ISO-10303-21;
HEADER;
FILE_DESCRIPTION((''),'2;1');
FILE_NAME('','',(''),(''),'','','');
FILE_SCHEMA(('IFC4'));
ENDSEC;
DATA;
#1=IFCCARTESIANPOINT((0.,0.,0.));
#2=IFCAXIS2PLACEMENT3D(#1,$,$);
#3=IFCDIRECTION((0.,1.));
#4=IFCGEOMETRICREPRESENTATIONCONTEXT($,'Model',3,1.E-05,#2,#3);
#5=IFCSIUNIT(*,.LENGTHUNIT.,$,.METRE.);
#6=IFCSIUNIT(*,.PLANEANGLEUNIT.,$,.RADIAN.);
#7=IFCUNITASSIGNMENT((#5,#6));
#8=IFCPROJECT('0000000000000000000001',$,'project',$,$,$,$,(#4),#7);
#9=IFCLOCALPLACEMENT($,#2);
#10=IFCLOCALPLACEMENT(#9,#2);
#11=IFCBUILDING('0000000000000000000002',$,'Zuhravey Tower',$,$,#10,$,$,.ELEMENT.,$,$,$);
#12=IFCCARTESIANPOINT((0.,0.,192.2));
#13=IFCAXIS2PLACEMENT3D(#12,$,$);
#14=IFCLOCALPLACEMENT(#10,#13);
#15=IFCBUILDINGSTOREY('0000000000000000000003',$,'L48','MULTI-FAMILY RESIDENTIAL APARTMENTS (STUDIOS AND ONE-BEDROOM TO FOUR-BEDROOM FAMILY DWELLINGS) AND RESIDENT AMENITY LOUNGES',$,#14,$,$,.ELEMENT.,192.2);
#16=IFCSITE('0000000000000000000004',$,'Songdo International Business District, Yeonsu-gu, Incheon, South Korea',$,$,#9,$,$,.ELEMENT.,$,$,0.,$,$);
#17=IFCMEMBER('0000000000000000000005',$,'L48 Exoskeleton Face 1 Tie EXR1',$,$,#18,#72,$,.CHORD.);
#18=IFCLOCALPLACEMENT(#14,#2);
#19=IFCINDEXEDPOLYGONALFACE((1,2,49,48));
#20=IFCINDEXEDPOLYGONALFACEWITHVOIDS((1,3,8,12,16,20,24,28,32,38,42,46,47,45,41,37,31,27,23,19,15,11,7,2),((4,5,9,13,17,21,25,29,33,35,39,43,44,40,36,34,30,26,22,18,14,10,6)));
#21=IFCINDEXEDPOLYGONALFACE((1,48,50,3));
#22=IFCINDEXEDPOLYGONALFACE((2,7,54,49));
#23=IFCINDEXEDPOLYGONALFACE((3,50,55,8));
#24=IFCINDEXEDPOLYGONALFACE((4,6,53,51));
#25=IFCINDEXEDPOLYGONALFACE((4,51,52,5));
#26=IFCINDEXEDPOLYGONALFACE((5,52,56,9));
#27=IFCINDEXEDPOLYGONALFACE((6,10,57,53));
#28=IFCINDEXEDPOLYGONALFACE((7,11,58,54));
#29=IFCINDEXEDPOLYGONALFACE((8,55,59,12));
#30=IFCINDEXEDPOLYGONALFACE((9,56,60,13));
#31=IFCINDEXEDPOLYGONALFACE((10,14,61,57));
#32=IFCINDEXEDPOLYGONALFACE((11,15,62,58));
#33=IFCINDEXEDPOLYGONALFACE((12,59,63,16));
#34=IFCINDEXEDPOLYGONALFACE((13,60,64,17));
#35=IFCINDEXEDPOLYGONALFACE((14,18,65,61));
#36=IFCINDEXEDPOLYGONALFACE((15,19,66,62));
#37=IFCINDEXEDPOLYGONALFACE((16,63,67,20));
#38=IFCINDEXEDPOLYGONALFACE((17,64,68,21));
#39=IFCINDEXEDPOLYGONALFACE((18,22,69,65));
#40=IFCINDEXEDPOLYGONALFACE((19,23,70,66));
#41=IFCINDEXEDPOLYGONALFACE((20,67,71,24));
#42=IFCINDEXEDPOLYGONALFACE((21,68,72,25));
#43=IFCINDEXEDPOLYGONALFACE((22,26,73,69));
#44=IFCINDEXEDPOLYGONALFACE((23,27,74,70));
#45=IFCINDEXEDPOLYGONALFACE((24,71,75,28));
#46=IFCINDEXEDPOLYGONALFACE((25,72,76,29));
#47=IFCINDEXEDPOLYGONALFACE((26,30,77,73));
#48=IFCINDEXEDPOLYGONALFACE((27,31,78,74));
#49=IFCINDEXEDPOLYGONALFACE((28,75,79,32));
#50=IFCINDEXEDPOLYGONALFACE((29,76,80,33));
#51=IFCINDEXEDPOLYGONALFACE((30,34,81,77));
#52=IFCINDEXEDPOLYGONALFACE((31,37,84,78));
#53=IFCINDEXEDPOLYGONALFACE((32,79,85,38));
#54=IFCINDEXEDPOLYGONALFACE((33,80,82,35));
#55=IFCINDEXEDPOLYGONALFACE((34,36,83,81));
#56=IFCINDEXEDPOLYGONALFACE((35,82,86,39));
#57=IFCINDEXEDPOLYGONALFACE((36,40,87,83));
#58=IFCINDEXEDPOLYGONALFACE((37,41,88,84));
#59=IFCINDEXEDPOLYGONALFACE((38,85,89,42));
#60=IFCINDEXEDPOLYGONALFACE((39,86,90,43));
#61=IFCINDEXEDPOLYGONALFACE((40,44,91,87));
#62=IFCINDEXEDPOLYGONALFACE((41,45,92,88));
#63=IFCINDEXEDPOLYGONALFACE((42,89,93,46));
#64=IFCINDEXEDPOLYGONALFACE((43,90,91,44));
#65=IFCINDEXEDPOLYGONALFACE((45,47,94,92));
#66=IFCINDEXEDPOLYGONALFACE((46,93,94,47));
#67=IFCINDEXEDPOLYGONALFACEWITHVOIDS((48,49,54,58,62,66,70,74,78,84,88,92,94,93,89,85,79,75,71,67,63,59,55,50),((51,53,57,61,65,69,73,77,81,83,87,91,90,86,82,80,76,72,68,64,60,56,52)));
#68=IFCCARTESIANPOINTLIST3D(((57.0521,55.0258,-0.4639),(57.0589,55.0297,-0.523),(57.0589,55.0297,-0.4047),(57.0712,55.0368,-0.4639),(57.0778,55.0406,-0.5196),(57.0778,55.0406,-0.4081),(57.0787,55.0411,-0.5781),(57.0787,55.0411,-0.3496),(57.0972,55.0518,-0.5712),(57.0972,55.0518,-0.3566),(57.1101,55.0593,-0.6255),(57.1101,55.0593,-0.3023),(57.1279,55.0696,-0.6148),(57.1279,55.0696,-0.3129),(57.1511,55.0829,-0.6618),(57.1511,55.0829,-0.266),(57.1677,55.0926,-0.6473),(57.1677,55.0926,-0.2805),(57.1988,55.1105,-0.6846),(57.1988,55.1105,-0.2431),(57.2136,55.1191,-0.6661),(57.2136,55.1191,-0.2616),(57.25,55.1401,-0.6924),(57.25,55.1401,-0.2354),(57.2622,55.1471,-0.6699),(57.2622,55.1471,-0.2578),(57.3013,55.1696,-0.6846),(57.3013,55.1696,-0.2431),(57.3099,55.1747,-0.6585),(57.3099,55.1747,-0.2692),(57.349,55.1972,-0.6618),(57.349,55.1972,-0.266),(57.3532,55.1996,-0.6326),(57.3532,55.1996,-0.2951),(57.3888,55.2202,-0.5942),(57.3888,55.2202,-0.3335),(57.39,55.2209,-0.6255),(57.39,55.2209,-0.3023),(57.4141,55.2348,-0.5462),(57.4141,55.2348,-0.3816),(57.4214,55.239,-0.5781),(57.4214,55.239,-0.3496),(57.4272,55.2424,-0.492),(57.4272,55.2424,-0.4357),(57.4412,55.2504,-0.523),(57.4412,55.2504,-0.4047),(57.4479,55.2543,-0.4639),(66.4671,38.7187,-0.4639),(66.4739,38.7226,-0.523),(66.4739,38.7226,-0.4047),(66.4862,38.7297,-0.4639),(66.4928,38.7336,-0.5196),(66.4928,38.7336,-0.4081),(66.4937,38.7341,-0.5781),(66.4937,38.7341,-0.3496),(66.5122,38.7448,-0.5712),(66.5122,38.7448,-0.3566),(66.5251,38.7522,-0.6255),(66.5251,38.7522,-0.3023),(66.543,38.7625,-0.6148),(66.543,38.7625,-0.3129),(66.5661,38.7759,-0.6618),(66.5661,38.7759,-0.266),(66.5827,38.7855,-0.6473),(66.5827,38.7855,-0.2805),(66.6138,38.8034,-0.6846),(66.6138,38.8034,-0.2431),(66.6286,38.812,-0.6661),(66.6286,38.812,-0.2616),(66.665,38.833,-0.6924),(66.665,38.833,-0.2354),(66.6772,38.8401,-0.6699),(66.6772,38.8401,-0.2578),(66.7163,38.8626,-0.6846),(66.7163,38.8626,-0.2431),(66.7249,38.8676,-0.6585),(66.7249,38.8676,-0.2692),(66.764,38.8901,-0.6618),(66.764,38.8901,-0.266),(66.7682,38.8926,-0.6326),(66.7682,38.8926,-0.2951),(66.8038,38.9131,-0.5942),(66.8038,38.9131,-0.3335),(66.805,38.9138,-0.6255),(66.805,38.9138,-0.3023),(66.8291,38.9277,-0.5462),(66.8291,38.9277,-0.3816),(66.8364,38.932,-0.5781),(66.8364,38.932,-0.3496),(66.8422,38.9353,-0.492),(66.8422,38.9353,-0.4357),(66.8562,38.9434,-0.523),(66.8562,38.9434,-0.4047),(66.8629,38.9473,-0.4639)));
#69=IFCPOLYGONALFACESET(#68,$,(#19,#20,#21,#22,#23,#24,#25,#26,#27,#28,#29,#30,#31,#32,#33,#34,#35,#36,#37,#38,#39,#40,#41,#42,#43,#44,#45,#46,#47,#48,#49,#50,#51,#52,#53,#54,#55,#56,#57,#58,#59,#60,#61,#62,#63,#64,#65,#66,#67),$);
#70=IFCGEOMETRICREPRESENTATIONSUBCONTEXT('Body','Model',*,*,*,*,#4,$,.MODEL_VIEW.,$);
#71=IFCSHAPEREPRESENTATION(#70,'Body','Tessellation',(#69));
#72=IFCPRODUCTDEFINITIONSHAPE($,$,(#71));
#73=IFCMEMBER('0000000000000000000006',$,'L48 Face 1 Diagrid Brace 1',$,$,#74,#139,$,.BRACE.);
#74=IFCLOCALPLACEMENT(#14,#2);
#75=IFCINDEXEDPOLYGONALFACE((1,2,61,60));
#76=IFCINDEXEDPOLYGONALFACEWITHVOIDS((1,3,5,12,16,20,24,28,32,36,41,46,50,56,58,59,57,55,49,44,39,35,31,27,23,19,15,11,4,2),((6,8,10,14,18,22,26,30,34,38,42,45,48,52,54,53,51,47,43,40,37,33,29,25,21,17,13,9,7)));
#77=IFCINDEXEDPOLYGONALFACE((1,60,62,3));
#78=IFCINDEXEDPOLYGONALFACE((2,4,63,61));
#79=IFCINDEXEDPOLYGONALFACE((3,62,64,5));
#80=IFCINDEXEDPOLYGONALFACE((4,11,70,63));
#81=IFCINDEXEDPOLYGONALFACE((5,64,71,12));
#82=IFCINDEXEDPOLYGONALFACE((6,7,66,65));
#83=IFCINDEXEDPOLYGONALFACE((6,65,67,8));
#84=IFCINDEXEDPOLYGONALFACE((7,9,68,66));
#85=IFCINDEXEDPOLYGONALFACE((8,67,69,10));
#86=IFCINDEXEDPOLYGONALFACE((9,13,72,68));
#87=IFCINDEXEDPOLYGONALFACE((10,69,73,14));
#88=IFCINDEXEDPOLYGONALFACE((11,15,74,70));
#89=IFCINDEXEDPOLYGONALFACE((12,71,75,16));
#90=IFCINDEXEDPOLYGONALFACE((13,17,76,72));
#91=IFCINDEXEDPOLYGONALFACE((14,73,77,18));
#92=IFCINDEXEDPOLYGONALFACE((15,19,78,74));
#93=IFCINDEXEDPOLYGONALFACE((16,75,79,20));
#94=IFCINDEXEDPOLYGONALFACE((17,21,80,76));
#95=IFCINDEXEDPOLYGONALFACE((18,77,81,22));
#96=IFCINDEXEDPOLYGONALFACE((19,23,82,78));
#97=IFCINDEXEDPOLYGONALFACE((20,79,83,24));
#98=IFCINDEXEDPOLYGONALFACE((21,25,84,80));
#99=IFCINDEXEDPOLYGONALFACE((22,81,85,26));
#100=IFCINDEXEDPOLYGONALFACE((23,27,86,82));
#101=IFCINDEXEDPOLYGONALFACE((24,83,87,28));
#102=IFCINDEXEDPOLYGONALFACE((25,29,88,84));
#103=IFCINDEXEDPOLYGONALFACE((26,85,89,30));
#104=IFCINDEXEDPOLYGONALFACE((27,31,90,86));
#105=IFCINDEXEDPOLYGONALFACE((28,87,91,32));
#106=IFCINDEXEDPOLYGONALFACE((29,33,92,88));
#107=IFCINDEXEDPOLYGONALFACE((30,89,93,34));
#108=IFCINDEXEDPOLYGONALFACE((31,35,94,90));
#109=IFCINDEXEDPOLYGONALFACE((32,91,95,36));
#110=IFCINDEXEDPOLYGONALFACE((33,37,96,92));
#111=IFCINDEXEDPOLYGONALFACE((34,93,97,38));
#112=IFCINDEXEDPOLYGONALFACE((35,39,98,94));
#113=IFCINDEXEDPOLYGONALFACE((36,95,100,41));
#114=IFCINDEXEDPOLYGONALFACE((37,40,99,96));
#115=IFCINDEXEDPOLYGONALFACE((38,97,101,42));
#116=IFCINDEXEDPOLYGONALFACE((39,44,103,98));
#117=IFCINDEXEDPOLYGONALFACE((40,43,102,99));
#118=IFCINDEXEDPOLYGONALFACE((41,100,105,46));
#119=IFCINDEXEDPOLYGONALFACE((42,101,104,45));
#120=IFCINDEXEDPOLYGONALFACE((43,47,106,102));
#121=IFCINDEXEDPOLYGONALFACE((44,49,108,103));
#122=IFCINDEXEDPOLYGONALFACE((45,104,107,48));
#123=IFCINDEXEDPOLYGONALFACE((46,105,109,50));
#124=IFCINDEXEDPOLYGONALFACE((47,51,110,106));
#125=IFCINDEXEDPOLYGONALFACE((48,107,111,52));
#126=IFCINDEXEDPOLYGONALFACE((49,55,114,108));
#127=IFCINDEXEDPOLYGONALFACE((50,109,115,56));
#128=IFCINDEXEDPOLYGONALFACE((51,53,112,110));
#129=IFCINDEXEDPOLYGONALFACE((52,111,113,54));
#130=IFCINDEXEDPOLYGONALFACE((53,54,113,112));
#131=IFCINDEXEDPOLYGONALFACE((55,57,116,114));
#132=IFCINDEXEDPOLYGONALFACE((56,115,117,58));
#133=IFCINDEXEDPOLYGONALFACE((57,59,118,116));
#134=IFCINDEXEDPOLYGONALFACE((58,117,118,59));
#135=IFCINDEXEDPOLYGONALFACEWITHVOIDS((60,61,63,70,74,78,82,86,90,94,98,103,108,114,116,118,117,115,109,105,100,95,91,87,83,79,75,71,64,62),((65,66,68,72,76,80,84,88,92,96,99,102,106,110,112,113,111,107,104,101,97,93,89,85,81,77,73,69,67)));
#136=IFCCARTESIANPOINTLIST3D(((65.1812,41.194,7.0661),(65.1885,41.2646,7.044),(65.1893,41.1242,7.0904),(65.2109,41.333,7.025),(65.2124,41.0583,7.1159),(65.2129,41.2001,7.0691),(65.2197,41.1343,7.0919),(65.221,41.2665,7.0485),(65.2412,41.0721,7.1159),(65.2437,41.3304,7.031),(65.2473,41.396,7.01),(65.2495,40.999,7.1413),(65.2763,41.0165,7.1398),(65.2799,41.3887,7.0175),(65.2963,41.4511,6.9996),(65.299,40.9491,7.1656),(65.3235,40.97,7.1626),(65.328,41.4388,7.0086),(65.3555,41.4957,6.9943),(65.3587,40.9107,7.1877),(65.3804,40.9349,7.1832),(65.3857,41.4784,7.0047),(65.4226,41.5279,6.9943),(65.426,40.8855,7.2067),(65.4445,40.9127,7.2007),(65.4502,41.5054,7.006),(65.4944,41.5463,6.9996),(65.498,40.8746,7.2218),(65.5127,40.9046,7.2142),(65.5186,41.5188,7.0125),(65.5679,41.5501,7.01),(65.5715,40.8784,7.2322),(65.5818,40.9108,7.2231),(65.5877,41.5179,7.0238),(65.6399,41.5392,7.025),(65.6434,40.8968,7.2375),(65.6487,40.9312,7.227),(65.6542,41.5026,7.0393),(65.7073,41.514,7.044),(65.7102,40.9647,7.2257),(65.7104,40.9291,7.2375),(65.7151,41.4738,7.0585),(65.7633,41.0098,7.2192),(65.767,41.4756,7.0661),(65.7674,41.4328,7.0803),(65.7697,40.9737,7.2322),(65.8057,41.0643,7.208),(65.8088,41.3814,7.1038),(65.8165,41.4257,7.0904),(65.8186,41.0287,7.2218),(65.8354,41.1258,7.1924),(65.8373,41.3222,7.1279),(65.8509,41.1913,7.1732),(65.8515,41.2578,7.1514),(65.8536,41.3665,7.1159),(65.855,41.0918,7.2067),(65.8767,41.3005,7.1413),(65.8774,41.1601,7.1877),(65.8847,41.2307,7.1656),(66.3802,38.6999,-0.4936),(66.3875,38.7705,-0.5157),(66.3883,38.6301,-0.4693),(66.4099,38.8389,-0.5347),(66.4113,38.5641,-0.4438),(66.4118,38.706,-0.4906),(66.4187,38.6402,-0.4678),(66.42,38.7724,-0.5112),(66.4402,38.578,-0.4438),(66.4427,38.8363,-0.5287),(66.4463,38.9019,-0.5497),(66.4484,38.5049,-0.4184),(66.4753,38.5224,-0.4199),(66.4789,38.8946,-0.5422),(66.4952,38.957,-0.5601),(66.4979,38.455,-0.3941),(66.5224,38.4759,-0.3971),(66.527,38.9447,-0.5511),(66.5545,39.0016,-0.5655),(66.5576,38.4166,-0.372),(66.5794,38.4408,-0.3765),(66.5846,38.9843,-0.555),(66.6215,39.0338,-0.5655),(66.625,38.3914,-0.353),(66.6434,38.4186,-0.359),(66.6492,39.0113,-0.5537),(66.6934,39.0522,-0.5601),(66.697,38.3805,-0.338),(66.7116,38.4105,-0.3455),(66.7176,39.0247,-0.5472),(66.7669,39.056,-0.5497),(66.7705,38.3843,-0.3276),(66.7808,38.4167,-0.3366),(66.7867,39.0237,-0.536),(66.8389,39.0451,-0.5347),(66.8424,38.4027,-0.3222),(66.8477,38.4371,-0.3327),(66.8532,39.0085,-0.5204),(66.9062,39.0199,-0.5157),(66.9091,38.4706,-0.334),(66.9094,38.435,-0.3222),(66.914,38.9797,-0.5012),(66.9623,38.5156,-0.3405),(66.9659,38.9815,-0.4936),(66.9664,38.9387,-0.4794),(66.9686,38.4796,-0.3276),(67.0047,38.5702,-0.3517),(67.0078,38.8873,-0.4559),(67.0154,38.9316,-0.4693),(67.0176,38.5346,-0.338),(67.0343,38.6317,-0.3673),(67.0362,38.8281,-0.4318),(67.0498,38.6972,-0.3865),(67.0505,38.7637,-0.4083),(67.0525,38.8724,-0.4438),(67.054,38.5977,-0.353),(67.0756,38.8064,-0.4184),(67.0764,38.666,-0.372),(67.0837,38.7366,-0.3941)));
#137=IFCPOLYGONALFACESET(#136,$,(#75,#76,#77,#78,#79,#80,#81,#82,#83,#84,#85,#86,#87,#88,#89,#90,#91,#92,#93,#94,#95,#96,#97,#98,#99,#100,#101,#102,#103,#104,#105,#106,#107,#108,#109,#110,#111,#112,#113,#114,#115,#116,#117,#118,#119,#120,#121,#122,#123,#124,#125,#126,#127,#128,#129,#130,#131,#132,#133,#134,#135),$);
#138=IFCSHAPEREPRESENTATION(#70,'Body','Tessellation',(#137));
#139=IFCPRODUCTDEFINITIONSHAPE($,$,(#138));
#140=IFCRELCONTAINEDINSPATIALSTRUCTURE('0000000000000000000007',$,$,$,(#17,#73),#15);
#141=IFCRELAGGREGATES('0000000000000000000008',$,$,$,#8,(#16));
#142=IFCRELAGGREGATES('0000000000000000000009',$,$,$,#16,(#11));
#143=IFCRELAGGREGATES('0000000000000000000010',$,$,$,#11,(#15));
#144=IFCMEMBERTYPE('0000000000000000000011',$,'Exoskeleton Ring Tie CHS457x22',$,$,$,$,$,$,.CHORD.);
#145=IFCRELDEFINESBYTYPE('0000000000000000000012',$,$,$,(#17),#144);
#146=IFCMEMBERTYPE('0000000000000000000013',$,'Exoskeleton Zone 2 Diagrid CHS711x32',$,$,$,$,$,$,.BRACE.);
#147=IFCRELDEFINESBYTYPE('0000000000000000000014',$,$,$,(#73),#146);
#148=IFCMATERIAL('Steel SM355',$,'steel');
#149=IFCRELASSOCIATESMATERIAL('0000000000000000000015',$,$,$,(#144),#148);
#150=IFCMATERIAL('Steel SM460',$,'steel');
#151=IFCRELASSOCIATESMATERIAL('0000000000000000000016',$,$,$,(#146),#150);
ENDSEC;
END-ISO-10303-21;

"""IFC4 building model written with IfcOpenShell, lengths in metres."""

from ifc_helpers import new_model, si_unit, direction, frame, origin, origin_2d, place, context, subcontext, project, spatial, hollow_circle, extrude, material, material_profile, profile_set, type_object, element, save


model = new_model("IFC4")

# Units and contexts
model_context = context("Model", 3, precision=1e-05, world=origin(), true_north=direction((0.0, 1.0)))
body_context = subcontext(model_context, "Body", "Model", "MODEL_VIEW")
ifc_project = project(units=[si_unit("LENGTHUNIT", "METRE"), si_unit("PLANEANGLEUNIT", "RADIAN")], contexts=[model_context])

# Site, building, storey
site_placement = place(None, origin())
site = spatial("IfcSite", under=ifc_project, at=site_placement, Name="Songdo International Business District, Yeonsu-gu, Incheon, South Korea", CompositionType="ELEMENT", RefElevation=0.0)
building_placement = place(site_placement, origin())
building = spatial("IfcBuilding", under=site, at=building_placement, Name="Zuhravey Tower", CompositionType="ELEMENT")
storey_placement = place(building_placement, frame((0.0, 0.0, 192.2)))
storey = spatial("IfcBuildingStorey", under=building, at=storey_placement, Name="L48", Description="MULTI-FAMILY RESIDENTIAL APARTMENTS (STUDIOS AND ONE-BEDROOM TO FOUR-BEDROOM FAMILY DWELLINGS) AND RESIDENT AMENITY LOUNGES", CompositionType="ELEMENT", Elevation=192.2)

# Members
ifc_material_1 = material(Name="Steel SM355", Category="steel")
ifc_material_profile_1 = material_profile(ifc_material_1, hollow_circle(Radius=0.2285, WallThickness=0.022, at=origin_2d()), Name="CHS-457.2x22")
ifc_profile_set_1 = profile_set([ifc_material_profile_1], Name="Steel SM355")
member_type_1 = type_object("IfcMemberType", Name="Exoskeleton Ring Tie CHS457x22", PredefinedType="CHORD", material=ifc_profile_set_1)
member_1_placement = place(storey_placement, frame((66.665, 38.833, -0.4639), z_axis=(-0.500005, 0.866023, 0.0), x_axis=(-0.866023, -0.500005, 0.0)))
element("IfcMember", 1, at=member_1_placement, inside=storey, type_object=member_type_1, Name="L48 Exoskeleton Face 1 Tie EXR1", PredefinedType="CHORD", context=body_context, shape_type="SweptSolid", body=[
    extrude(hollow_circle(Radius=0.2285, WallThickness=0.022, at=origin_2d()), origin(), (0.0, 0.0, 1.0), 18.8298),
])
ifc_material_2 = material(Name="Steel SM460", Category="steel")
ifc_material_profile_2 = material_profile(ifc_material_2, hollow_circle(Radius=0.3557, WallThickness=0.032, at=origin_2d()), Name="CHS-711.2x32")
ifc_profile_set_2 = profile_set([ifc_material_profile_2], Name="Steel SM460")
member_type_2 = type_object("IfcMemberType", Name="Exoskeleton Zone 2 Diagrid CHS711x32", PredefinedType="BRACE", material=ifc_profile_set_2)
member_2_placement = place(storey_placement, frame((66.7319, 38.7183, -0.4438), z_axis=(-0.148933, 0.309815, 0.93906), x_axis=(-0.901271, -0.433256, 0.0)))
element("IfcMember", 2, at=member_2_placement, inside=storey, type_object=member_type_2, Name="L48 Face 1 Diagrid Brace 1", PredefinedType="BRACE", context=body_context, shape_type="SweptSolid", body=[
    extrude(hollow_circle(Radius=0.3557, WallThickness=0.032, at=origin_2d()), origin(), (0.0, 0.0, 1.0), 8.0503),
])

save(model, "model.ifc")
